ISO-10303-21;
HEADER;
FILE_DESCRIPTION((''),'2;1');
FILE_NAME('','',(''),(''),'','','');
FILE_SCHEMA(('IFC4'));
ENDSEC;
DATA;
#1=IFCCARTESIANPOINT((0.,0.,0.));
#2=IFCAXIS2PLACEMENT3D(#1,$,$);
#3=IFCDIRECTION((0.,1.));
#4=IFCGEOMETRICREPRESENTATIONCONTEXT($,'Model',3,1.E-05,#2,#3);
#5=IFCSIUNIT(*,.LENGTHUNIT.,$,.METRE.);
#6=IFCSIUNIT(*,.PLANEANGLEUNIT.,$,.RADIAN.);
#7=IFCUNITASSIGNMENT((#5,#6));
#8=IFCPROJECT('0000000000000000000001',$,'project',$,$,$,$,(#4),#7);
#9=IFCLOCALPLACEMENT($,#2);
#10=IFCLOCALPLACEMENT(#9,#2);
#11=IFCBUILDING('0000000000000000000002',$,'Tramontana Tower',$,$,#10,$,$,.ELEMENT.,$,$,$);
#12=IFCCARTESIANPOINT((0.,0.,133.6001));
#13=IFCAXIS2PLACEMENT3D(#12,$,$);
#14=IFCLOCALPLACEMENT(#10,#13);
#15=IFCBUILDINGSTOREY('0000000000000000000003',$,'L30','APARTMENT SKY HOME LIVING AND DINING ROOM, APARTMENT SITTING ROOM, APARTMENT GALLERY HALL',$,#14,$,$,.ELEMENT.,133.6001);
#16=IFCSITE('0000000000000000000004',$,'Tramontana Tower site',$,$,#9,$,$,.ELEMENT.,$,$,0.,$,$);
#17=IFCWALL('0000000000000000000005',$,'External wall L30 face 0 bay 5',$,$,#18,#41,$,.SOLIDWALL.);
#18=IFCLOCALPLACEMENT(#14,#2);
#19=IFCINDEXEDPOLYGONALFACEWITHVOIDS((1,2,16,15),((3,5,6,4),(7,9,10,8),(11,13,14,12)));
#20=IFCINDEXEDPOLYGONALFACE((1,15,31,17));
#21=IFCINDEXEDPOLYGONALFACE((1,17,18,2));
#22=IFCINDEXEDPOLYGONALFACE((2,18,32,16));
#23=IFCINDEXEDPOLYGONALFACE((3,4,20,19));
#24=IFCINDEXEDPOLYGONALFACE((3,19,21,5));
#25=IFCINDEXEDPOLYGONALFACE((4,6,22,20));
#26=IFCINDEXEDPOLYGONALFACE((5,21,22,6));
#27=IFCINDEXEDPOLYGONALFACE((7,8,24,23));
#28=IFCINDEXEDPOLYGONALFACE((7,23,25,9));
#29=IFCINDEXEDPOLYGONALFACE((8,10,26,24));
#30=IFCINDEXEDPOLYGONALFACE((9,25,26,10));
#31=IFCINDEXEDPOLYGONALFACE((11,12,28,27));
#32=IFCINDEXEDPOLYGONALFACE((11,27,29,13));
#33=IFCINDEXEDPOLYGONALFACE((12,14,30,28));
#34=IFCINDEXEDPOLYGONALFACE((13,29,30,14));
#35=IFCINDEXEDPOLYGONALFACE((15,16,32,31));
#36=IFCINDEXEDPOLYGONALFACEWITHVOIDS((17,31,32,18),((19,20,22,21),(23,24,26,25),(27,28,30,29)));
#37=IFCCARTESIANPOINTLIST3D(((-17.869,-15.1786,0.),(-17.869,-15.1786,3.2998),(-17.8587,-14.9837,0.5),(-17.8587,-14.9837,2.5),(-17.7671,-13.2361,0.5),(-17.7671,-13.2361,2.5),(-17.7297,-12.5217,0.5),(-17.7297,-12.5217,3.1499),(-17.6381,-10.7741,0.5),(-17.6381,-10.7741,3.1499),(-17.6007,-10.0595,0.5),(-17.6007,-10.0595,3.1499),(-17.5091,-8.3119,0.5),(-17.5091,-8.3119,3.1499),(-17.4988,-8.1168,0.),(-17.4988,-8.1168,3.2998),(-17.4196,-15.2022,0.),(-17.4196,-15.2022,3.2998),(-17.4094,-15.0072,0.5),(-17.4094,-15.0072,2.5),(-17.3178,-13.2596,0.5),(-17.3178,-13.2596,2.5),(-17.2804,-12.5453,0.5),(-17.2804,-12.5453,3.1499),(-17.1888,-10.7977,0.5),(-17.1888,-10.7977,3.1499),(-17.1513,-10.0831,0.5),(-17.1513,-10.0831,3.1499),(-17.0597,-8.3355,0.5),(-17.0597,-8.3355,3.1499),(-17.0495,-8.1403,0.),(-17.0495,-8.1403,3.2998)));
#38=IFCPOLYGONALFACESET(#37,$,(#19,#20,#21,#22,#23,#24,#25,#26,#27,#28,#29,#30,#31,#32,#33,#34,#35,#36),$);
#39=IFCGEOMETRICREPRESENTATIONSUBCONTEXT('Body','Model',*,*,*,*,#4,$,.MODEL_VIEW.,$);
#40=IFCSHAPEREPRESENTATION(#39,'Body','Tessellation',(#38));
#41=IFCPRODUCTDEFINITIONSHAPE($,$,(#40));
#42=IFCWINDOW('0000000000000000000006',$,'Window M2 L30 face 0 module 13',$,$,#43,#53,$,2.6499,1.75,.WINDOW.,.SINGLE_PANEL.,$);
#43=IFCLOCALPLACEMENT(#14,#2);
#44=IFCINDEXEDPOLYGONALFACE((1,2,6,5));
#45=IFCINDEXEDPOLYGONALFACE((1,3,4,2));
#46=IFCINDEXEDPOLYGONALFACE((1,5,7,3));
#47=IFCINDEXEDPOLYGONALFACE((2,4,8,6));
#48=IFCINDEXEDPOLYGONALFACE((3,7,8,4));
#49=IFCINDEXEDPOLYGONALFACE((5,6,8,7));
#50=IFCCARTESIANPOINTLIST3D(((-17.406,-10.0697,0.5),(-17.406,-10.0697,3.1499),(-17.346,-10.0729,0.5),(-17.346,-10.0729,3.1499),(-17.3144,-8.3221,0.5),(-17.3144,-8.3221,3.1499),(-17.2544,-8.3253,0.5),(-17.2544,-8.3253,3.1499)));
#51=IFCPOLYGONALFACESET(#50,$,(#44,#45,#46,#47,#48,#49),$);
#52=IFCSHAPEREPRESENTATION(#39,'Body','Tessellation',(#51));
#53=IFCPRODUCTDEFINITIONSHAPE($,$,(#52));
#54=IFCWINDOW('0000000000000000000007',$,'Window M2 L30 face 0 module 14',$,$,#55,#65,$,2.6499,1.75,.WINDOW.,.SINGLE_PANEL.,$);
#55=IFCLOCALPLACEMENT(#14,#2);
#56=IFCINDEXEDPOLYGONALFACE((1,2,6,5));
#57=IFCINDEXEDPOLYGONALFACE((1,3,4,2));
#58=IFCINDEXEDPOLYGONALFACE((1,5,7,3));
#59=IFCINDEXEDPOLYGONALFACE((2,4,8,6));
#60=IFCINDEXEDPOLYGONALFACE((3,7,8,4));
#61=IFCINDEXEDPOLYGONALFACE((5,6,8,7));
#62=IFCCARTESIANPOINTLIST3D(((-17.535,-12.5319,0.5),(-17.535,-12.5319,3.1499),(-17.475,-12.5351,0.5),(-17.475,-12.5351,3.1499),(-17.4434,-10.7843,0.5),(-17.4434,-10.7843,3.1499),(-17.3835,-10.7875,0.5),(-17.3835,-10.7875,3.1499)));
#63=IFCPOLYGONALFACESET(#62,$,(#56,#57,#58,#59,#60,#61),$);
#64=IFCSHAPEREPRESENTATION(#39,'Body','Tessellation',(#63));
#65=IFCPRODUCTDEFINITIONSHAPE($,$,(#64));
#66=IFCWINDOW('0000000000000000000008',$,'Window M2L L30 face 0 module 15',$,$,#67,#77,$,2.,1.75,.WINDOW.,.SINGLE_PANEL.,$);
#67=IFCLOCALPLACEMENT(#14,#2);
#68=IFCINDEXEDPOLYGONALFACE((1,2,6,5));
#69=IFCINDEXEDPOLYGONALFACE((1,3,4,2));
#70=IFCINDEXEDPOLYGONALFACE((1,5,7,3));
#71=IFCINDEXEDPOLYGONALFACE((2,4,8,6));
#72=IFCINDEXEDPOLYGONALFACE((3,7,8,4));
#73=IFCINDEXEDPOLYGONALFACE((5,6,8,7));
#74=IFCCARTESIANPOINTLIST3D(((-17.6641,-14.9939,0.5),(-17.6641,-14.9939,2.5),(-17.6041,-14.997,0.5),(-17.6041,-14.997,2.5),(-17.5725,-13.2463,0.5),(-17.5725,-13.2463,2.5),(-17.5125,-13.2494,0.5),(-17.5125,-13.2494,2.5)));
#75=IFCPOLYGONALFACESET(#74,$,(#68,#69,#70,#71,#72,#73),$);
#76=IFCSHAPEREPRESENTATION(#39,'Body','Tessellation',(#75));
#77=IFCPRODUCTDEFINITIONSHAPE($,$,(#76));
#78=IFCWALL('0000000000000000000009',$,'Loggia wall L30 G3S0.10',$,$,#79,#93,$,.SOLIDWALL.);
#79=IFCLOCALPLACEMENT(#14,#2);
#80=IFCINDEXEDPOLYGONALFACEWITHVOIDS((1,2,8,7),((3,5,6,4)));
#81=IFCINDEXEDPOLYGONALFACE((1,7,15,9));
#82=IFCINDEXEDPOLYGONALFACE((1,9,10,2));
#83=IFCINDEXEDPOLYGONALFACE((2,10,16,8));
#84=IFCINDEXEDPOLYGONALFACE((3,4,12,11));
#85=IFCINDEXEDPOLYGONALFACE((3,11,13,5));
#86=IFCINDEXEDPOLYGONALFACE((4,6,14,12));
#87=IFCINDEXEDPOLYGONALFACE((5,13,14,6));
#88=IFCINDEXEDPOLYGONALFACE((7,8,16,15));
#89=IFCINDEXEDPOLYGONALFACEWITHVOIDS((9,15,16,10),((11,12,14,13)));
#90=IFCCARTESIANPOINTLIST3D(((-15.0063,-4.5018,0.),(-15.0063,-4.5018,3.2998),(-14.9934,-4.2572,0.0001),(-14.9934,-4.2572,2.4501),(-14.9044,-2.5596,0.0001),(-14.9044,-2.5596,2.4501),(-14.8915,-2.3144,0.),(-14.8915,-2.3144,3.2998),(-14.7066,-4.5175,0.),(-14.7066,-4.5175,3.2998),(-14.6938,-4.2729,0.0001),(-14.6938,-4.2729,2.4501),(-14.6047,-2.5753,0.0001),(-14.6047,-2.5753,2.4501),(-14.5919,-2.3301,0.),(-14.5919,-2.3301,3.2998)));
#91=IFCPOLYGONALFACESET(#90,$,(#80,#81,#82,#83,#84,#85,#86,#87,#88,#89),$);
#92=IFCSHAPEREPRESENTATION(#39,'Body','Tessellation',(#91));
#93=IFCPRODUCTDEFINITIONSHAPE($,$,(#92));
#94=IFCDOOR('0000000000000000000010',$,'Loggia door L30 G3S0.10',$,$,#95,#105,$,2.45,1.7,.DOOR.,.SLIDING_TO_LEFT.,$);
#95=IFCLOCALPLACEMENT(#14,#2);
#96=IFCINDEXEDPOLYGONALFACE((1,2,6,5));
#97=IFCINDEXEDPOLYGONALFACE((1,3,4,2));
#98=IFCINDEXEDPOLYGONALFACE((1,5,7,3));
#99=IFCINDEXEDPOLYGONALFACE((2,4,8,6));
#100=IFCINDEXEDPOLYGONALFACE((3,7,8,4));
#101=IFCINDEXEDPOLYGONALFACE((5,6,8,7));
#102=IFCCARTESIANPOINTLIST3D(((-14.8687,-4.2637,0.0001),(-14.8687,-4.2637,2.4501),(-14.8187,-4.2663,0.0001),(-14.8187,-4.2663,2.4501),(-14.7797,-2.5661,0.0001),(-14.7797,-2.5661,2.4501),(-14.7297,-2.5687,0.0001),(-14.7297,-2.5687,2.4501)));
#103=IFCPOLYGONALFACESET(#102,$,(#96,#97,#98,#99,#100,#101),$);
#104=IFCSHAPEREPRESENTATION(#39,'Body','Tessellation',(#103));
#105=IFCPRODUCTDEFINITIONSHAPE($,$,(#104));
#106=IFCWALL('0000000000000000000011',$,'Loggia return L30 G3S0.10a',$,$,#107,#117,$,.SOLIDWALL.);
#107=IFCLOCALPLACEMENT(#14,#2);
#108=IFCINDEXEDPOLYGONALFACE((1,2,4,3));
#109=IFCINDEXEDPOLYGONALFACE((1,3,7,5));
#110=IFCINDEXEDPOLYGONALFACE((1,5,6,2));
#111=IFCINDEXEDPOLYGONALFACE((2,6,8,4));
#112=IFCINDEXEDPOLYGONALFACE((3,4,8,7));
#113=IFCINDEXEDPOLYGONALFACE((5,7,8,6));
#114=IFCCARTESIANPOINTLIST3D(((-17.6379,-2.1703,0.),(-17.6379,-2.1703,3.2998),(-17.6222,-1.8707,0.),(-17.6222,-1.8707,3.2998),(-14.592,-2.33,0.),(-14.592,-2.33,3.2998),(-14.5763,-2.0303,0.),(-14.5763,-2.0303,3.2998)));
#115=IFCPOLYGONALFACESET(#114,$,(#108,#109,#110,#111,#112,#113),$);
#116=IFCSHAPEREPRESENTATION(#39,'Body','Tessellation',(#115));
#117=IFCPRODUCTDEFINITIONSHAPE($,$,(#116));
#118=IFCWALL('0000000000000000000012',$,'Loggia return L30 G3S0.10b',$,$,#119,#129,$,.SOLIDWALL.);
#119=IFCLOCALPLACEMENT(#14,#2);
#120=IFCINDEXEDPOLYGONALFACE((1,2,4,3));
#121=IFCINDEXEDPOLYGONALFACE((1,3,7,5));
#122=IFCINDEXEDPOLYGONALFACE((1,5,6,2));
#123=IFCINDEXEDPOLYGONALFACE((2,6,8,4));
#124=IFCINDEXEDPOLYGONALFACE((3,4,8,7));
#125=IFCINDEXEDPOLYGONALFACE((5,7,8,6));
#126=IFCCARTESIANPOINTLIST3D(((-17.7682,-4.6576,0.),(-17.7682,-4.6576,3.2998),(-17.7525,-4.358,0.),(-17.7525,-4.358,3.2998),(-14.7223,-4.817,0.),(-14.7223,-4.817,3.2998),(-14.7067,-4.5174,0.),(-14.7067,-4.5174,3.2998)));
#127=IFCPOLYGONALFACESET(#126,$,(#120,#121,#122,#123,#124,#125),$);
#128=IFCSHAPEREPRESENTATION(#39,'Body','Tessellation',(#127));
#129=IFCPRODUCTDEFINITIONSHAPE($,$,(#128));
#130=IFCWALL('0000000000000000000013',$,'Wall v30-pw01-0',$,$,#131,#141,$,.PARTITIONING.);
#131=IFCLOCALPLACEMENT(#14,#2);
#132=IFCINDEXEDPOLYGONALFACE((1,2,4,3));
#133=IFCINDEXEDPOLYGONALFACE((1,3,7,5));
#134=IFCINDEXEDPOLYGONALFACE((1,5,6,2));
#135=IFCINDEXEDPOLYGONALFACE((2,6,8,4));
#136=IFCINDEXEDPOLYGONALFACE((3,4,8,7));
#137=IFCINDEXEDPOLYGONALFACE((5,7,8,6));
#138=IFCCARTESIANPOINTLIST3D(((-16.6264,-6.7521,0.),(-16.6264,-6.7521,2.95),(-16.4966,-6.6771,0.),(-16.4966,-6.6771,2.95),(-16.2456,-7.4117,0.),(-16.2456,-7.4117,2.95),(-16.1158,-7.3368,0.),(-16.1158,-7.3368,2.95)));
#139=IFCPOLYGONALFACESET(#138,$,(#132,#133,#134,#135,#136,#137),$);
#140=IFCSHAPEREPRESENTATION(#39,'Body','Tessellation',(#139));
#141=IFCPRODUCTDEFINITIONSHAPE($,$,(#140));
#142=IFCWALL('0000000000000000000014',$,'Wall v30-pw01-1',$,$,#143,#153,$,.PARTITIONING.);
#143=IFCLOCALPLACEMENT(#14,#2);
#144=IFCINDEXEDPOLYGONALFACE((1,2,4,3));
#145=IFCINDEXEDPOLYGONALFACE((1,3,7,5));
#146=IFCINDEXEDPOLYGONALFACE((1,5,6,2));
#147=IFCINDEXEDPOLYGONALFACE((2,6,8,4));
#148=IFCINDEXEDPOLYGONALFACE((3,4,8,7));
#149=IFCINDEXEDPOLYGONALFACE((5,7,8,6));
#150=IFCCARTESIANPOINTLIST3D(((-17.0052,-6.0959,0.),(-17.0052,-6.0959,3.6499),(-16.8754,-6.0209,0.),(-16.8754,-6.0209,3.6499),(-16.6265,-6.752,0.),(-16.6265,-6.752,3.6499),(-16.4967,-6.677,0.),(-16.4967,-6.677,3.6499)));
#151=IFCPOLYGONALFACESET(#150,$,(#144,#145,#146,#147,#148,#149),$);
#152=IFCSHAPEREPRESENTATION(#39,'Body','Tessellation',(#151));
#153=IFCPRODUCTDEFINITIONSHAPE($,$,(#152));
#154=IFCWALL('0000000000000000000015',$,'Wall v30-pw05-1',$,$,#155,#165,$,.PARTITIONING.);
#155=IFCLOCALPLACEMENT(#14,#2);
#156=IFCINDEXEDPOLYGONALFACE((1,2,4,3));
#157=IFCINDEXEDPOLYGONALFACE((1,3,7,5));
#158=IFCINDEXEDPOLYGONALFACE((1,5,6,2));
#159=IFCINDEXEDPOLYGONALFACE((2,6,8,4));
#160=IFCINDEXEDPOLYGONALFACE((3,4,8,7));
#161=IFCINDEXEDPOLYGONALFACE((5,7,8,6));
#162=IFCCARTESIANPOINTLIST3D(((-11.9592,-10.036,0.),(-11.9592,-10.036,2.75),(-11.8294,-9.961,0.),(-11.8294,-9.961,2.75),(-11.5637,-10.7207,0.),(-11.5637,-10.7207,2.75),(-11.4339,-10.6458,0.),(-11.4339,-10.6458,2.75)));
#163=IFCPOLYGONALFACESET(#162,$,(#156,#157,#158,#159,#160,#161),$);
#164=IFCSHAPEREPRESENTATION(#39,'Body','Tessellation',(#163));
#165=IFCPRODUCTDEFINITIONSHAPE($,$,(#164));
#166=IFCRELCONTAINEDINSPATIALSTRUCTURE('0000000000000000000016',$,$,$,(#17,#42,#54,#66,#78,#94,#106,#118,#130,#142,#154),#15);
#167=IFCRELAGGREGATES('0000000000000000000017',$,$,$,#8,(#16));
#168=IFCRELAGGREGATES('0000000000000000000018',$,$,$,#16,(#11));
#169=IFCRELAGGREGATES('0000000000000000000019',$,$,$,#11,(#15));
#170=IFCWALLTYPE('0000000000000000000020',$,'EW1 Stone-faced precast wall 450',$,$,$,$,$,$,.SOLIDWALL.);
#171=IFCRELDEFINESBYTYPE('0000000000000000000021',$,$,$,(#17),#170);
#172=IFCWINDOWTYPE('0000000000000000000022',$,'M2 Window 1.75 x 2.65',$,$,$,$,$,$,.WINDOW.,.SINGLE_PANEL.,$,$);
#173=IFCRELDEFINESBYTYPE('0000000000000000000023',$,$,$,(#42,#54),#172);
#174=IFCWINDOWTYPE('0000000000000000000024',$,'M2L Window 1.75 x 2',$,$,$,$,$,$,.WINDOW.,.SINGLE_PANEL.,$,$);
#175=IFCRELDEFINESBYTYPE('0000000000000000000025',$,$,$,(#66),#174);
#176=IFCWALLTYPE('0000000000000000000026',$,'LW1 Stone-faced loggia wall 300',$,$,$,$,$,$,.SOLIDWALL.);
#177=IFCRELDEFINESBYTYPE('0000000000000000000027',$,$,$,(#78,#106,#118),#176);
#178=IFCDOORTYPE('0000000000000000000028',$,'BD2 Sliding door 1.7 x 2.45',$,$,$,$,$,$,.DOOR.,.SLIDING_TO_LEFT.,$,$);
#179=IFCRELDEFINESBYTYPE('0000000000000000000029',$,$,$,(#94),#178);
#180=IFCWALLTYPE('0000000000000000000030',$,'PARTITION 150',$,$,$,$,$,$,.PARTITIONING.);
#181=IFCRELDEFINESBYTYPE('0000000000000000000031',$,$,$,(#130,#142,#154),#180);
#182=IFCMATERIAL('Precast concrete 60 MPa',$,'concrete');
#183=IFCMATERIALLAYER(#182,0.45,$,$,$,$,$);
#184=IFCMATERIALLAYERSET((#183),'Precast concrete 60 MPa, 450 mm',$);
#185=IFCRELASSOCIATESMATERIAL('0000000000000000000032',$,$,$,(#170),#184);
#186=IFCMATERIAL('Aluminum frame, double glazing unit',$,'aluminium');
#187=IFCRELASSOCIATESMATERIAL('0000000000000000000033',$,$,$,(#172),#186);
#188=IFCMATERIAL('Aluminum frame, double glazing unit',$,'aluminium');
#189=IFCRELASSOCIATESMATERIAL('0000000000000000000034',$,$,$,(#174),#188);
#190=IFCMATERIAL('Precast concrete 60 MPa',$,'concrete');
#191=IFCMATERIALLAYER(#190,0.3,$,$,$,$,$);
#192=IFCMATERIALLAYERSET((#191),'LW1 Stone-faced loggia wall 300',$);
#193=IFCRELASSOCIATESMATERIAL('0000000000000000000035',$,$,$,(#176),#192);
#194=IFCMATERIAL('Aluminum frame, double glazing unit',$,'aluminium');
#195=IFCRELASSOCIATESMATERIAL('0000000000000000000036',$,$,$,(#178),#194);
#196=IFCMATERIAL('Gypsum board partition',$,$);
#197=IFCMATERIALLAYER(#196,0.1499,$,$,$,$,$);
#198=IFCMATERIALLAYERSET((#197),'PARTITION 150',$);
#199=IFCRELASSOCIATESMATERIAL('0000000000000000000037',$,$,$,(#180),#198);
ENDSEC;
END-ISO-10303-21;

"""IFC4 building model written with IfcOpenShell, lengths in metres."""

from ifc_helpers import new_model, si_unit, direction, frame, frame_2d, origin, place, context, subcontext, project, spatial, rectangle, extrude, material, layer, layer_set, type_object, element, fill, save


model = new_model("IFC4")

# Units and contexts
model_context = context("Model", 3, precision=1e-05, world=origin(), true_north=direction((0.0, 1.0)))
body_context = subcontext(model_context, "Body", "Model", "MODEL_VIEW")
ifc_project = project(units=[si_unit("LENGTHUNIT", "METRE"), si_unit("PLANEANGLEUNIT", "RADIAN")], contexts=[model_context])

# Site, building, storey
site_placement = place(None, origin())
site = spatial("IfcSite", under=ifc_project, at=site_placement, Name="Tramontana Tower site", CompositionType="ELEMENT", RefElevation=0.0)
building_placement = place(site_placement, origin())
building = spatial("IfcBuilding", under=site, at=building_placement, Name="Tramontana Tower", CompositionType="ELEMENT")
storey_placement = place(building_placement, frame((0.0, 0.0, 133.6001)))
storey = spatial("IfcBuildingStorey", under=building, at=storey_placement, Name="L30", Description="APARTMENT SKY HOME LIVING AND DINING ROOM, APARTMENT SITTING ROOM, APARTMENT GALLERY HALL", CompositionType="ELEMENT", Elevation=133.6001)

# Shared definitions
ifc_material_1 = material(Name="Precast concrete 60 MPa", Category="concrete")
ifc_layer_1 = layer(ifc_material_1, 0.45)
ifc_layer_set_1 = layer_set([ifc_layer_1], Name="Precast concrete 60 MPa, 450 mm")
wall_type_1 = type_object("IfcWallType", Name="EW1 Stone-faced precast wall 450", PredefinedType="SOLIDWALL", material=ifc_layer_set_1)
ifc_material_2 = material(Name="Aluminum frame, double glazing unit", Category="aluminium")
window_type_1 = type_object("IfcWindowType", Name="M2 Window 1.75 x 2.65", PartitioningType="SINGLE_PANEL", PredefinedType="WINDOW", material=ifc_material_2)

# Wall, openings, windows
wall_1_placement = place(storey_placement, frame((-17.2742, -8.1287, 0.0), z_axis=(0.0, 0.0, 1.0), x_axis=(-0.05234, -0.998629, 0.0)))
wall_1 = element("IfcWall", 1, at=wall_1_placement, inside=storey, type_object=wall_type_1, Name="External wall L30 face 0 bay 5", PredefinedType="SOLIDWALL", context=body_context, shape_type="SweptSolid", body=[
    extrude(rectangle(XDim=7.0715, YDim=0.45, at=frame_2d((3.5356, 0.0))), origin(), (0.0, 0.0, 1.0), 3.2998),
])
opening_1_placement = place(wall_1_placement, frame((0.1953, 0.0, 0.5)))
opening_1 = element("IfcOpeningElement", 2, at=opening_1_placement, cuts=wall_1, PredefinedType="OPENING", context=body_context, shape_type="SweptSolid", body=[
    extrude(rectangle(XDim=1.75, YDim=2.6499, at=frame_2d((0.875, 1.325))), frame((0.0, 0.2349, 0.0), z_axis=(0.0, -1.0, 0.0), x_axis=(1.0, 0.0, 0.0)), (0.0, 0.0, 1.0), 0.47),
])
opening_2_placement = place(wall_1_placement, frame((2.6609, 0.0, 0.5)))
opening_2 = element("IfcOpeningElement", 3, at=opening_2_placement, cuts=wall_1, PredefinedType="OPENING", context=body_context, shape_type="SweptSolid", body=[
    extrude(rectangle(XDim=1.75, YDim=2.6499, at=frame_2d((0.875, 1.325))), frame((0.0, 0.2349, 0.0), z_axis=(0.0, -1.0, 0.0), x_axis=(1.0, 0.0, 0.0)), (0.0, 0.0, 1.0), 0.47),
])
opening_3_placement = place(wall_1_placement, frame((5.1262, 0.0, 0.5)))
opening_3 = element("IfcOpeningElement", 4, at=opening_3_placement, cuts=wall_1, PredefinedType="OPENING", context=body_context, shape_type="SweptSolid", body=[
    extrude(rectangle(XDim=1.75, YDim=2.0, at=frame_2d((0.875, 1.0))), frame((0.0, 0.2349, 0.0), z_axis=(0.0, -1.0, 0.0), x_axis=(1.0, 0.0, 0.0)), (0.0, 0.0, 1.0), 0.47),
])
window_1_placement = place(opening_1_placement, origin())
window_1 = element("IfcWindow", 5, at=window_1_placement, inside=storey, type_object=window_type_1, Name="Window M2 L30 face 0 module 13", OverallHeight=2.6499, OverallWidth=1.75, PartitioningType="SINGLE_PANEL", PredefinedType="WINDOW", context=body_context, shape_type="SweptSolid", body=[
    extrude(rectangle(XDim=1.75, YDim=2.6499, at=frame_2d((0.875, 1.325))), frame((0.0, 0.03, 0.0), z_axis=(0.0, -1.0, 0.0), x_axis=(1.0, 0.0, 0.0)), (0.0, 0.0, 1.0), 0.0601),
])
fill(opening_1, window_1)
window_2_placement = place(opening_2_placement, origin())
window_2 = element("IfcWindow", 6, at=window_2_placement, inside=storey, type_object=window_type_1, Name="Window M2 L30 face 0 module 14", OverallHeight=2.6499, OverallWidth=1.75, PartitioningType="SINGLE_PANEL", PredefinedType="WINDOW", context=body_context, shape_type="SweptSolid", body=[
    extrude(rectangle(XDim=1.75, YDim=2.6499, at=frame_2d((0.875, 1.325))), frame((0.0, 0.03, 0.0), z_axis=(0.0, -1.0, 0.0), x_axis=(1.0, 0.0, 0.0)), (0.0, 0.0, 1.0), 0.0601),
])
fill(opening_2, window_2)
ifc_material_3 = material(Name="Aluminum frame, double glazing unit", Category="aluminium")
window_type_2 = type_object("IfcWindowType", Name="M2L Window 1.75 x 2", PartitioningType="SINGLE_PANEL", PredefinedType="WINDOW", material=ifc_material_3)
window_3_placement = place(opening_3_placement, origin())
window_3 = element("IfcWindow", 7, at=window_3_placement, inside=storey, type_object=window_type_2, Name="Window M2L L30 face 0 module 15", OverallHeight=2.0, OverallWidth=1.75, PartitioningType="SINGLE_PANEL", PredefinedType="WINDOW", context=body_context, shape_type="SweptSolid", body=[
    extrude(rectangle(XDim=1.75, YDim=2.0, at=frame_2d((0.875, 1.0))), frame((0.0, 0.03, 0.0), z_axis=(0.0, -1.0, 0.0), x_axis=(1.0, 0.0, 0.0)), (0.0, 0.0, 1.0), 0.0601),
])
fill(opening_3, window_3)

# Wall, opening, door
ifc_material_4 = material(Name="Precast concrete 60 MPa", Category="concrete")
ifc_layer_2 = layer(ifc_material_4, 0.3)
ifc_layer_set_2 = layer_set([ifc_layer_2], Name="LW1 Stone-faced loggia wall 300")
wall_type_2 = type_object("IfcWallType", Name="LW1 Stone-faced loggia wall 300", PredefinedType="SOLIDWALL", material=ifc_layer_set_2)
wall_2_placement = place(storey_placement, frame((-14.7417, -2.3223, 0.0), z_axis=(0.0, 0.0, 1.0), x_axis=(-0.052383, -0.998627, 0.0)))
wall_2 = element("IfcWall", 8, at=wall_2_placement, inside=storey, type_object=wall_type_2, Name="Loggia wall L30 G3S0.10", PredefinedType="SOLIDWALL", context=body_context, shape_type="SweptSolid", body=[
    extrude(rectangle(XDim=2.1904, YDim=0.3, at=frame_2d((1.0952, 0.0))), origin(), (0.0, 0.0, 1.0), 3.2998),
])
opening_4_placement = place(wall_2_placement, frame((0.2454, 0.0, 0.0)))
opening_4 = element("IfcOpeningElement", 9, at=opening_4_placement, cuts=wall_2, PredefinedType="OPENING", context=body_context, shape_type="SweptSolid", body=[
    extrude(rectangle(XDim=1.7, YDim=2.45, at=frame_2d((0.8501, 1.2251))), frame((0.0, 0.1599, 0.0), z_axis=(0.0, -1.0, 0.0), x_axis=(1.0, 0.0, 0.0)), (0.0, 0.0, 1.0), 0.3201),
])
ifc_material_5 = material(Name="Aluminum frame, double glazing unit", Category="aluminium")
door_type_1 = type_object("IfcDoorType", Name="BD2 Sliding door 1.7 x 2.45", OperationType="SLIDING_TO_LEFT", PredefinedType="DOOR", material=ifc_material_5)
door_1_placement = place(opening_4_placement, origin())
door_1 = element("IfcDoor", 10, at=door_1_placement, inside=storey, type_object=door_type_1, Name="Loggia door L30 G3S0.10", OperationType="SLIDING_TO_LEFT", OverallHeight=2.45, OverallWidth=1.7, PredefinedType="DOOR", context=body_context, shape_type="SweptSolid", body=[
    extrude(rectangle(XDim=1.7, YDim=2.45, at=frame_2d((0.8501, 1.2251))), frame((0.0, 0.0249, 0.0), z_axis=(0.0, -1.0, 0.0), x_axis=(1.0, 0.0, 0.0)), (0.0, 0.0, 1.0), 0.05),
])
fill(opening_4, door_1)

# Walls
for number, where, z_axis, x_axis, name in (
    (11, (-17.6299, -2.0205, 0.0), (0.0, 0.0, 1.0), (0.998629, -0.052349, 0.0), "Loggia return L30 G3S0.10a"),
    (12, (-17.7603, -4.5078, 0.0), (0.0, 0.0, 1.0), (0.998633, -0.052269, 0.0), "Loggia return L30 G3S0.10b"),
):
    element("IfcWall", number, at=place(storey_placement, frame(where, z_axis=z_axis, x_axis=x_axis)), inside=storey, type_object=wall_type_2, Name=name, PredefinedType="SOLIDWALL", context=body_context, shape_type="SweptSolid", body=[
        extrude(rectangle(XDim=3.05, YDim=0.3, at=frame_2d((1.5249, 0.0))), origin(), (0.0, 0.0, 1.0), 3.2998),
    ])
ifc_material_6 = material(Name="Gypsum board partition")
ifc_layer_3 = layer(ifc_material_6, 0.1499)
ifc_layer_set_3 = layer_set([ifc_layer_3], Name="PARTITION 150")
wall_type_3 = type_object("IfcWallType", Name="PARTITION 150", PredefinedType="PARTITIONING", material=ifc_layer_set_3)
wall_3_placement = place(storey_placement, frame((-16.1807, -7.3743, 0.0), z_axis=(0.0, 0.0, 1.0), x_axis=(-0.5, 0.866025, 0.0)))
element("IfcWall", 13, at=wall_3_placement, inside=storey, type_object=wall_type_3, Name="Wall v30-pw01-0", PredefinedType="PARTITIONING", context=body_context, shape_type="SweptSolid", body=[
    extrude(rectangle(XDim=0.7617, YDim=0.1499, at=frame_2d((0.3809, 0.0))), origin(), (0.0, 0.0, 1.0), 2.95),
])
wall_4_placement = place(storey_placement, frame((-16.5615, -6.7146, 0.0), z_axis=(0.0, 0.0, 1.0), x_axis=(-0.499918, 0.866073, 0.0)))
element("IfcWall", 14, at=wall_4_placement, inside=storey, type_object=wall_type_3, Name="Wall v30-pw01-1", PredefinedType="PARTITIONING", context=body_context, shape_type="SweptSolid", body=[
    extrude(rectangle(XDim=0.7576, YDim=0.1499, at=frame_2d((0.3789, 0.0))), origin(), (0.0, 0.0, 1.0), 3.6499),
])

# Wall
wall_5_placement = place(storey_placement, frame((-11.4988, -10.6833, 0.0), z_axis=(0.0, 0.0, 1.0), x_axis=(-0.500123, 0.865954, 0.0)))
element("IfcWall", 15, at=wall_5_placement, inside=storey, type_object=wall_type_3, Name="Wall v30-pw05-1", PredefinedType="PARTITIONING", context=body_context, shape_type="SweptSolid", body=[
    extrude(rectangle(XDim=0.7908, YDim=0.1499, at=frame_2d((0.3955, 0.0))), origin(), (0.0, 0.0, 1.0), 2.75),
])

save(model, "model.ifc")
